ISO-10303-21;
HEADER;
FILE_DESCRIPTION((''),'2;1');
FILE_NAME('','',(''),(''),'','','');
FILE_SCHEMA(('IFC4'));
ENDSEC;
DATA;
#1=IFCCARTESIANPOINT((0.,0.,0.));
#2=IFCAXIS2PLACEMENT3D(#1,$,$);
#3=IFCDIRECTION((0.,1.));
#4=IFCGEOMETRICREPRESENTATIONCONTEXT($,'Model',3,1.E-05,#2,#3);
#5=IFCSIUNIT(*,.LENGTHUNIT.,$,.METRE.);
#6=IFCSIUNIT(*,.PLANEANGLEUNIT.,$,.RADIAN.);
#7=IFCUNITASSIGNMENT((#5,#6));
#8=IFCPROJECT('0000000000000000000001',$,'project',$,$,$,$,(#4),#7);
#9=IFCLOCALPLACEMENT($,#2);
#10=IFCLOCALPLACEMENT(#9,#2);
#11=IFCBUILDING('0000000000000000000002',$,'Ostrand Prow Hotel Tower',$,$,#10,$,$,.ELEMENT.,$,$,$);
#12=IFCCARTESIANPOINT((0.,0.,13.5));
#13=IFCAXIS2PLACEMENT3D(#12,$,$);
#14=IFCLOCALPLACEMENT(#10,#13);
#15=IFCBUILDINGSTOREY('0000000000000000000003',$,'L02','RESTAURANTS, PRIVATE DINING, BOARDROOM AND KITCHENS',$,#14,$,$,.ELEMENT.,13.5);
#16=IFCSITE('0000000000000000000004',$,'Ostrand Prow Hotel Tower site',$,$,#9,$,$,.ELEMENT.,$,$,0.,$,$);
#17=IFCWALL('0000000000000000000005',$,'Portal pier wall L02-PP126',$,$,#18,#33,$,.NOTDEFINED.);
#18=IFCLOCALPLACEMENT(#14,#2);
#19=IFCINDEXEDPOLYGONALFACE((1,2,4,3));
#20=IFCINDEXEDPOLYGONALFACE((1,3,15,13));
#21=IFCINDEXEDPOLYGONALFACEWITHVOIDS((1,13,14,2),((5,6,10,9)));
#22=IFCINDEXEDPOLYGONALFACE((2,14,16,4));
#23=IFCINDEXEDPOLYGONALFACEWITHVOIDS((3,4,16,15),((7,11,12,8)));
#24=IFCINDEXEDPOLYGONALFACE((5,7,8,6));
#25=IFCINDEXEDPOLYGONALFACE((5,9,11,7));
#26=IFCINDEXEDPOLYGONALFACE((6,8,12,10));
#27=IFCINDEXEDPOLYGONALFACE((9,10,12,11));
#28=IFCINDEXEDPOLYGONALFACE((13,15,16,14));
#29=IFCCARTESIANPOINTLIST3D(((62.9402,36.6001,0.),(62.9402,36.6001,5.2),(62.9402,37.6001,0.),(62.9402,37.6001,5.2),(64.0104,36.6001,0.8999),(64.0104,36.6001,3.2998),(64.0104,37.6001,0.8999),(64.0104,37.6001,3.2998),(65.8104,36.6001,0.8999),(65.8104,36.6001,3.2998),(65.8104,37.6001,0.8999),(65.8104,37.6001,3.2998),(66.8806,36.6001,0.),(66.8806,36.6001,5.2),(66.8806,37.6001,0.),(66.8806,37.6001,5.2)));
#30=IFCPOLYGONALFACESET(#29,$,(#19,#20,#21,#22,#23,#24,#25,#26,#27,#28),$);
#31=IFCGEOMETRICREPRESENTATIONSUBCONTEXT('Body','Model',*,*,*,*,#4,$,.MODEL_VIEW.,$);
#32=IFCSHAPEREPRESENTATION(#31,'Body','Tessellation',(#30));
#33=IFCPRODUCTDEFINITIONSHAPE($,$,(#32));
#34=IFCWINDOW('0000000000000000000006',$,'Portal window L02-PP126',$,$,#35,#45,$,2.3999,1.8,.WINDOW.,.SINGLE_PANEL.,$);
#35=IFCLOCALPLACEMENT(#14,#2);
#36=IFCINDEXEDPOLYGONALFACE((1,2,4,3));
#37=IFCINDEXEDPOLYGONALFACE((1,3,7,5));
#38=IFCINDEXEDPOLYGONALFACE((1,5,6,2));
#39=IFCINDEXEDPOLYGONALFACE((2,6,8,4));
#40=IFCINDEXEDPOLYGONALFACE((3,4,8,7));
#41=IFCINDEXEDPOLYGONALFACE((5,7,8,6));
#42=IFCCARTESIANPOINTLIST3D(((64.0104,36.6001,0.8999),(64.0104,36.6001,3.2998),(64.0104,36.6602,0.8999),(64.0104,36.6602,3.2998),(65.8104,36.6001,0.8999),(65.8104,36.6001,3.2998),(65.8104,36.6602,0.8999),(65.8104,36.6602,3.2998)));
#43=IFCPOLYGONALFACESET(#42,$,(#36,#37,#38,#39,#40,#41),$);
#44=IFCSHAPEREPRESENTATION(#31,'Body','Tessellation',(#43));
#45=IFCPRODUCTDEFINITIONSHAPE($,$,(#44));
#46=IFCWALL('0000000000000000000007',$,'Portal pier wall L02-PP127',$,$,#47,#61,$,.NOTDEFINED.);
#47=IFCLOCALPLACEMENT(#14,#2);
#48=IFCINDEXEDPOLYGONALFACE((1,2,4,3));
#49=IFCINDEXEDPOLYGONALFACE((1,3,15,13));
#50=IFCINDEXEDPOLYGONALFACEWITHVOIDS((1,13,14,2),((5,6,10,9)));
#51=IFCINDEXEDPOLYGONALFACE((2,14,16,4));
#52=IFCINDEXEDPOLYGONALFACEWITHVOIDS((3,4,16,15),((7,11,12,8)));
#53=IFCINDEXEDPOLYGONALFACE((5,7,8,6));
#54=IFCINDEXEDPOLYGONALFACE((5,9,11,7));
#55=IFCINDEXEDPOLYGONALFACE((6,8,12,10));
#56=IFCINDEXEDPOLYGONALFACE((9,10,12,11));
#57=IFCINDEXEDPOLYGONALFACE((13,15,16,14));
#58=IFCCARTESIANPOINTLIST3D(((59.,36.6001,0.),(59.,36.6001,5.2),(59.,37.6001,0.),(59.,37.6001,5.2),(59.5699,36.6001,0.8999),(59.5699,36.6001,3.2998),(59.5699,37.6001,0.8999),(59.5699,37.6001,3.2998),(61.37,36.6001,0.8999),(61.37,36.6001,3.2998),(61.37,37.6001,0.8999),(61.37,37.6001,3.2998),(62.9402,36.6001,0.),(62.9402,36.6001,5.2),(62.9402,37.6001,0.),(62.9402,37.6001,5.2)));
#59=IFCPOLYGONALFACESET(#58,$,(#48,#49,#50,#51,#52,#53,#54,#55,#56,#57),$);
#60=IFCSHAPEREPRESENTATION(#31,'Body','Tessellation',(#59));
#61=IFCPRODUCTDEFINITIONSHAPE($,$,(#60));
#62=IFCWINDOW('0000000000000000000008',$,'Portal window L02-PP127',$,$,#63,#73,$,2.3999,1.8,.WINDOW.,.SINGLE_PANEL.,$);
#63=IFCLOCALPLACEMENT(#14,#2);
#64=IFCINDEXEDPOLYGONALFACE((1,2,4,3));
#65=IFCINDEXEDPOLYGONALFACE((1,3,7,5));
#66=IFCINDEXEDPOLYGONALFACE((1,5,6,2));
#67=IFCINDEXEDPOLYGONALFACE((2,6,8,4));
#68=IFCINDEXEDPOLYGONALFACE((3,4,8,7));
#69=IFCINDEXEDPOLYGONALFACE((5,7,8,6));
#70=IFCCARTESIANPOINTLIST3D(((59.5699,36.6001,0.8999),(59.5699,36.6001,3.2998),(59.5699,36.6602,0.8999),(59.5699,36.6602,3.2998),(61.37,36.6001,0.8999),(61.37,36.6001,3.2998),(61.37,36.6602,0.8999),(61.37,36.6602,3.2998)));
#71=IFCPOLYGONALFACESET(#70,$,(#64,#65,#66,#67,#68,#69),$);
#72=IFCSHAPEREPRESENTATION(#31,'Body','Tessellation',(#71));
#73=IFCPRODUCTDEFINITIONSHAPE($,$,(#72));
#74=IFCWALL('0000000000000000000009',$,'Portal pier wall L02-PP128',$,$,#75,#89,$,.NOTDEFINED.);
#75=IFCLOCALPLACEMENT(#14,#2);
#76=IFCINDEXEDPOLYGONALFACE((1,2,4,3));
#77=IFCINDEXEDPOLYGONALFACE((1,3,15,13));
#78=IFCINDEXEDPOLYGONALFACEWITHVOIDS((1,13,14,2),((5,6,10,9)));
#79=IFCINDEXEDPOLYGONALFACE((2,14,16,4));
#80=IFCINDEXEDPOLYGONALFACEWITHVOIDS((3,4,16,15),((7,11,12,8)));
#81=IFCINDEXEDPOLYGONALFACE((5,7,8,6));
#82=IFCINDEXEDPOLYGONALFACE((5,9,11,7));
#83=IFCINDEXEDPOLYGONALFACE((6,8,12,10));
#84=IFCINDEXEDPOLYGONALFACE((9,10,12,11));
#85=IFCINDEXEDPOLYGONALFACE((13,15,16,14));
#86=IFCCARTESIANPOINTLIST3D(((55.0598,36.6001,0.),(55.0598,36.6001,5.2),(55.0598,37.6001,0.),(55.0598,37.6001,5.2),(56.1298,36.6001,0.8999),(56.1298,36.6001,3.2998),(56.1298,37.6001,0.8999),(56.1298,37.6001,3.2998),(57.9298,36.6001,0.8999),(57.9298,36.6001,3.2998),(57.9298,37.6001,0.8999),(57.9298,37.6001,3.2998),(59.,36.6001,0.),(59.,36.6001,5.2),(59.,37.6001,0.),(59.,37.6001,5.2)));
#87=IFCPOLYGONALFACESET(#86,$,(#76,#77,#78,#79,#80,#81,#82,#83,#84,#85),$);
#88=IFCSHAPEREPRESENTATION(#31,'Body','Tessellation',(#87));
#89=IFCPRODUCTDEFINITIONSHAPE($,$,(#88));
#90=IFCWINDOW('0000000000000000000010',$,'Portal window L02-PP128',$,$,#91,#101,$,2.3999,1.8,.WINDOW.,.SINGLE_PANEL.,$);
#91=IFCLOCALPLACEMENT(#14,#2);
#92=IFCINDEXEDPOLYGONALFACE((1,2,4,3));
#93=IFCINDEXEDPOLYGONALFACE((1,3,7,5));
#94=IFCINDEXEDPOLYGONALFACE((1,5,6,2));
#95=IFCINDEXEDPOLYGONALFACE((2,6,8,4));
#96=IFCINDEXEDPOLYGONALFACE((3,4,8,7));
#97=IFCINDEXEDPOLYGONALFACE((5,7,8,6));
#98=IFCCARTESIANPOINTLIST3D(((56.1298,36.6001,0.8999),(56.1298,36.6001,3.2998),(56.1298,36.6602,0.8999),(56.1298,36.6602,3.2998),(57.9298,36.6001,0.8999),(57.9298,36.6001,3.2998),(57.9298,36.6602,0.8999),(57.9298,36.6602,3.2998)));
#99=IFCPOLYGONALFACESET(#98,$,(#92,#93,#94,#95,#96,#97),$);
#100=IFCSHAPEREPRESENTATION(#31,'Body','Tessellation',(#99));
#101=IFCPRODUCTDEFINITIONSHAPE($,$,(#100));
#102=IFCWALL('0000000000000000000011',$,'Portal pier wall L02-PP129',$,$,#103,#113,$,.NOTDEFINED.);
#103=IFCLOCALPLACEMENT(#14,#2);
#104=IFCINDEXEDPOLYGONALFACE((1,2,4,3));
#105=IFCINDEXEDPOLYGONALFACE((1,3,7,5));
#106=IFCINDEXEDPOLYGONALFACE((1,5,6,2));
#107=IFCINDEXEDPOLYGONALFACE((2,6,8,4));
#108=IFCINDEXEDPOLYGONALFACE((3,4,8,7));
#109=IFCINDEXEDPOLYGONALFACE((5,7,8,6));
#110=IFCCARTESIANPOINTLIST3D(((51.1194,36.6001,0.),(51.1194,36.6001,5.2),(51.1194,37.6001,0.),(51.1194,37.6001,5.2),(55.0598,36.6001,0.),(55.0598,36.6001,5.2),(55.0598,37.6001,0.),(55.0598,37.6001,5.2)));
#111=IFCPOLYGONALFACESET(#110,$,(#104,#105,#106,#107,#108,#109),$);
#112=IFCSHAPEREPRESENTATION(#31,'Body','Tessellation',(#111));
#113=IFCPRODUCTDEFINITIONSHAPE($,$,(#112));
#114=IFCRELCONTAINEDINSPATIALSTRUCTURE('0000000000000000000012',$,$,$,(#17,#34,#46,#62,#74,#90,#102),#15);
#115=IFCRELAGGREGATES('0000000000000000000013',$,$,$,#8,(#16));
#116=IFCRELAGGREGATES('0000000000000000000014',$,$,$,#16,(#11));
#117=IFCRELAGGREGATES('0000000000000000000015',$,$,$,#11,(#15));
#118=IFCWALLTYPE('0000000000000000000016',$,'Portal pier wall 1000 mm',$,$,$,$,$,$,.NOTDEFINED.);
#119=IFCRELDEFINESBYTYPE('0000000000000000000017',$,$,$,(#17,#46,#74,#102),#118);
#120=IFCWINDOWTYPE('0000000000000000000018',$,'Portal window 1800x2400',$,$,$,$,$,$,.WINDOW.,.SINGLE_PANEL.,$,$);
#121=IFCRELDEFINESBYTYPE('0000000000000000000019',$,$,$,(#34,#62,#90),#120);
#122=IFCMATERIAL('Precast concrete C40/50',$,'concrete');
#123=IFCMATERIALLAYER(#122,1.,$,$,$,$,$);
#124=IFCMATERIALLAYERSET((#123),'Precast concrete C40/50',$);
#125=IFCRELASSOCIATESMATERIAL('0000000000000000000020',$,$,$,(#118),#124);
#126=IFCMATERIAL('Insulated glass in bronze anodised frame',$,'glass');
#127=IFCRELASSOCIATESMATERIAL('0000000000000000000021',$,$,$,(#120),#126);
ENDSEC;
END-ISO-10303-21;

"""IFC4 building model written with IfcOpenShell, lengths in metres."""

from ifc_helpers import new_model, si_unit, direction, frame, frame_2d, origin, place, context, subcontext, project, spatial, polyline, rectangle, outline, extrude, material, layer, layer_set, type_object, element, fill, save


model = new_model("IFC4")

# Units and contexts
model_context = context("Model", 3, precision=1e-05, world=origin(), true_north=direction((0.0, 1.0)))
body_context = subcontext(model_context, "Body", "Model", "MODEL_VIEW")
ifc_project = project(units=[si_unit("LENGTHUNIT", "METRE"), si_unit("PLANEANGLEUNIT", "RADIAN")], contexts=[model_context])

# Site, building, storey
site_placement = place(None, origin())
site = spatial("IfcSite", under=ifc_project, at=site_placement, Name="Ostrand Prow Hotel Tower site", CompositionType="ELEMENT", RefElevation=0.0)
building_placement = place(site_placement, origin())
building = spatial("IfcBuilding", under=site, at=building_placement, Name="Ostrand Prow Hotel Tower", CompositionType="ELEMENT")
storey_placement = place(building_placement, frame((0.0, 0.0, 13.5)))
storey = spatial("IfcBuildingStorey", under=building, at=storey_placement, Name="L02", Description="RESTAURANTS, PRIVATE DINING, BOARDROOM AND KITCHENS", CompositionType="ELEMENT", Elevation=13.5)

# Shared definitions
ifc_material_1 = material(Name="Precast concrete C40/50", Category="concrete")
ifc_layer_1 = layer(ifc_material_1, 1.0)
ifc_layer_set_1 = layer_set([ifc_layer_1], Name="Precast concrete C40/50")
wall_type_1 = type_object("IfcWallType", Name="Portal pier wall 1000 mm", PredefinedType="NOTDEFINED", material=ifc_layer_set_1)
ifc_material_2 = material(Name="Insulated glass in bronze anodised frame", Category="glass")
window_type = type_object("IfcWindowType", Name="Portal window 1800x2400", PartitioningType="SINGLE_PANEL", PredefinedType="WINDOW", material=ifc_material_2)

# Walls, openings, windows
wall_1_placement = place(storey_placement, frame((66.8806, 37.1001, 0.0), z_axis=(0.0, 0.0, 1.0), x_axis=(-1.0, 0.0, 0.0)))
wall_1 = element("IfcWall", 1, at=wall_1_placement, inside=storey, type_object=wall_type_1, Name="Portal pier wall L02-PP126", PredefinedType="NOTDEFINED", context=body_context, shape_type="SweptSolid", body=[
    extrude(outline(polyline([(0.0, -0.5), (3.9404, -0.5), (3.9404, 0.5), (0.0, 0.5), (0.0, -0.5)])), origin(), (0.0, 0.0, 1.0), 5.2),
])
opening_1_placement = place(wall_1_placement, frame((1.0703, 0.0, 0.8999)))
opening_1 = element("IfcOpeningElement", 2, at=opening_1_placement, cuts=wall_1, PredefinedType="OPENING", context=body_context, shape_type="SweptSolid", body=[
    extrude(rectangle(XDim=1.8, YDim=2.3999, at=frame_2d((0.8999, 1.2))), frame((0.0, 0.51, 0.0), z_axis=(0.0, -1.0, 0.0), x_axis=(1.0, 0.0, 0.0)), (0.0, 0.0, 1.0), 1.02),
])
window_1_placement = place(opening_1_placement, origin())
window_1 = element("IfcWindow", 3, at=window_1_placement, inside=storey, type_object=window_type, Name="Portal window L02-PP126", OverallHeight=2.3999, OverallWidth=1.8, PartitioningType="SINGLE_PANEL", PredefinedType="WINDOW", context=body_context, shape_type="SweptSolid", body=[
    extrude(rectangle(XDim=1.8, YDim=2.3999, at=frame_2d((0.8999, 1.2))), frame((0.0, 0.5, 0.0), z_axis=(0.0, -1.0, 0.0), x_axis=(1.0, 0.0, 0.0)), (0.0, 0.0, 1.0), 0.0601),
])
fill(opening_1, window_1)
wall_2_placement = place(storey_placement, frame((62.9402, 37.1001, 0.0), z_axis=(0.0, 0.0, 1.0), x_axis=(-1.0, 0.0, 0.0)))
wall_2 = element("IfcWall", 4, at=wall_2_placement, inside=storey, type_object=wall_type_1, Name="Portal pier wall L02-PP127", PredefinedType="NOTDEFINED", context=body_context, shape_type="SweptSolid", body=[
    extrude(outline(polyline([(0.0, -0.5), (3.9402, -0.5), (3.9402, 0.5), (0.0, 0.5), (0.0, -0.5)])), origin(), (0.0, 0.0, 1.0), 5.2),
])
opening_2_placement = place(wall_2_placement, frame((1.5703, 0.0, 0.8999)))
opening_2 = element("IfcOpeningElement", 5, at=opening_2_placement, cuts=wall_2, PredefinedType="OPENING", context=body_context, shape_type="SweptSolid", body=[
    extrude(rectangle(XDim=1.8, YDim=2.3999, at=frame_2d((0.8999, 1.2))), frame((0.0, 0.51, 0.0), z_axis=(0.0, -1.0, 0.0), x_axis=(1.0, 0.0, 0.0)), (0.0, 0.0, 1.0), 1.02),
])
window_2_placement = place(opening_2_placement, origin())
window_2 = element("IfcWindow", 6, at=window_2_placement, inside=storey, type_object=window_type, Name="Portal window L02-PP127", OverallHeight=2.3999, OverallWidth=1.8, PartitioningType="SINGLE_PANEL", PredefinedType="WINDOW", context=body_context, shape_type="SweptSolid", body=[
    extrude(rectangle(XDim=1.8, YDim=2.3999, at=frame_2d((0.8999, 1.2))), frame((0.0, 0.5, 0.0), z_axis=(0.0, -1.0, 0.0), x_axis=(1.0, 0.0, 0.0)), (0.0, 0.0, 1.0), 0.0601),
])
fill(opening_2, window_2)
wall_3_placement = place(storey_placement, frame((59.0, 37.1001, 0.0), z_axis=(0.0, 0.0, 1.0), x_axis=(-1.0, 0.0, 0.0)))
wall_3 = element("IfcWall", 7, at=wall_3_placement, inside=storey, type_object=wall_type_1, Name="Portal pier wall L02-PP128", PredefinedType="NOTDEFINED", context=body_context, shape_type="SweptSolid", body=[
    extrude(outline(polyline([(0.0, -0.5), (3.9402, -0.5), (3.9402, 0.5), (0.0, 0.5), (0.0, -0.5)])), origin(), (0.0, 0.0, 1.0), 5.2),
])
opening_3_placement = place(wall_3_placement, frame((1.0703, 0.0, 0.8999)))
opening_3 = element("IfcOpeningElement", 8, at=opening_3_placement, cuts=wall_3, PredefinedType="OPENING", context=body_context, shape_type="SweptSolid", body=[
    extrude(rectangle(XDim=1.8, YDim=2.3999, at=frame_2d((0.8999, 1.2))), frame((0.0, 0.51, 0.0), z_axis=(0.0, -1.0, 0.0), x_axis=(1.0, 0.0, 0.0)), (0.0, 0.0, 1.0), 1.02),
])
window_3_placement = place(opening_3_placement, origin())
window_3 = element("IfcWindow", 9, at=window_3_placement, inside=storey, type_object=window_type, Name="Portal window L02-PP128", OverallHeight=2.3999, OverallWidth=1.8, PartitioningType="SINGLE_PANEL", PredefinedType="WINDOW", context=body_context, shape_type="SweptSolid", body=[
    extrude(rectangle(XDim=1.8, YDim=2.3999, at=frame_2d((0.8999, 1.2))), frame((0.0, 0.5, 0.0), z_axis=(0.0, -1.0, 0.0), x_axis=(1.0, 0.0, 0.0)), (0.0, 0.0, 1.0), 0.0601),
])
fill(opening_3, window_3)

# Wall
wall_4_placement = place(storey_placement, frame((55.0598, 37.1001, 0.0), z_axis=(0.0, 0.0, 1.0), x_axis=(-1.0, 0.0, 0.0)))
element("IfcWall", 10, at=wall_4_placement, inside=storey, type_object=wall_type_1, Name="Portal pier wall L02-PP129", PredefinedType="NOTDEFINED", context=body_context, shape_type="SweptSolid", body=[
    extrude(outline(polyline([(0.0, -0.5), (3.9404, -0.5), (3.9404, 0.5), (0.0, 0.5), (0.0, -0.5)])), origin(), (0.0, 0.0, 1.0), 5.2),
])

save(model, "model.ifc")
